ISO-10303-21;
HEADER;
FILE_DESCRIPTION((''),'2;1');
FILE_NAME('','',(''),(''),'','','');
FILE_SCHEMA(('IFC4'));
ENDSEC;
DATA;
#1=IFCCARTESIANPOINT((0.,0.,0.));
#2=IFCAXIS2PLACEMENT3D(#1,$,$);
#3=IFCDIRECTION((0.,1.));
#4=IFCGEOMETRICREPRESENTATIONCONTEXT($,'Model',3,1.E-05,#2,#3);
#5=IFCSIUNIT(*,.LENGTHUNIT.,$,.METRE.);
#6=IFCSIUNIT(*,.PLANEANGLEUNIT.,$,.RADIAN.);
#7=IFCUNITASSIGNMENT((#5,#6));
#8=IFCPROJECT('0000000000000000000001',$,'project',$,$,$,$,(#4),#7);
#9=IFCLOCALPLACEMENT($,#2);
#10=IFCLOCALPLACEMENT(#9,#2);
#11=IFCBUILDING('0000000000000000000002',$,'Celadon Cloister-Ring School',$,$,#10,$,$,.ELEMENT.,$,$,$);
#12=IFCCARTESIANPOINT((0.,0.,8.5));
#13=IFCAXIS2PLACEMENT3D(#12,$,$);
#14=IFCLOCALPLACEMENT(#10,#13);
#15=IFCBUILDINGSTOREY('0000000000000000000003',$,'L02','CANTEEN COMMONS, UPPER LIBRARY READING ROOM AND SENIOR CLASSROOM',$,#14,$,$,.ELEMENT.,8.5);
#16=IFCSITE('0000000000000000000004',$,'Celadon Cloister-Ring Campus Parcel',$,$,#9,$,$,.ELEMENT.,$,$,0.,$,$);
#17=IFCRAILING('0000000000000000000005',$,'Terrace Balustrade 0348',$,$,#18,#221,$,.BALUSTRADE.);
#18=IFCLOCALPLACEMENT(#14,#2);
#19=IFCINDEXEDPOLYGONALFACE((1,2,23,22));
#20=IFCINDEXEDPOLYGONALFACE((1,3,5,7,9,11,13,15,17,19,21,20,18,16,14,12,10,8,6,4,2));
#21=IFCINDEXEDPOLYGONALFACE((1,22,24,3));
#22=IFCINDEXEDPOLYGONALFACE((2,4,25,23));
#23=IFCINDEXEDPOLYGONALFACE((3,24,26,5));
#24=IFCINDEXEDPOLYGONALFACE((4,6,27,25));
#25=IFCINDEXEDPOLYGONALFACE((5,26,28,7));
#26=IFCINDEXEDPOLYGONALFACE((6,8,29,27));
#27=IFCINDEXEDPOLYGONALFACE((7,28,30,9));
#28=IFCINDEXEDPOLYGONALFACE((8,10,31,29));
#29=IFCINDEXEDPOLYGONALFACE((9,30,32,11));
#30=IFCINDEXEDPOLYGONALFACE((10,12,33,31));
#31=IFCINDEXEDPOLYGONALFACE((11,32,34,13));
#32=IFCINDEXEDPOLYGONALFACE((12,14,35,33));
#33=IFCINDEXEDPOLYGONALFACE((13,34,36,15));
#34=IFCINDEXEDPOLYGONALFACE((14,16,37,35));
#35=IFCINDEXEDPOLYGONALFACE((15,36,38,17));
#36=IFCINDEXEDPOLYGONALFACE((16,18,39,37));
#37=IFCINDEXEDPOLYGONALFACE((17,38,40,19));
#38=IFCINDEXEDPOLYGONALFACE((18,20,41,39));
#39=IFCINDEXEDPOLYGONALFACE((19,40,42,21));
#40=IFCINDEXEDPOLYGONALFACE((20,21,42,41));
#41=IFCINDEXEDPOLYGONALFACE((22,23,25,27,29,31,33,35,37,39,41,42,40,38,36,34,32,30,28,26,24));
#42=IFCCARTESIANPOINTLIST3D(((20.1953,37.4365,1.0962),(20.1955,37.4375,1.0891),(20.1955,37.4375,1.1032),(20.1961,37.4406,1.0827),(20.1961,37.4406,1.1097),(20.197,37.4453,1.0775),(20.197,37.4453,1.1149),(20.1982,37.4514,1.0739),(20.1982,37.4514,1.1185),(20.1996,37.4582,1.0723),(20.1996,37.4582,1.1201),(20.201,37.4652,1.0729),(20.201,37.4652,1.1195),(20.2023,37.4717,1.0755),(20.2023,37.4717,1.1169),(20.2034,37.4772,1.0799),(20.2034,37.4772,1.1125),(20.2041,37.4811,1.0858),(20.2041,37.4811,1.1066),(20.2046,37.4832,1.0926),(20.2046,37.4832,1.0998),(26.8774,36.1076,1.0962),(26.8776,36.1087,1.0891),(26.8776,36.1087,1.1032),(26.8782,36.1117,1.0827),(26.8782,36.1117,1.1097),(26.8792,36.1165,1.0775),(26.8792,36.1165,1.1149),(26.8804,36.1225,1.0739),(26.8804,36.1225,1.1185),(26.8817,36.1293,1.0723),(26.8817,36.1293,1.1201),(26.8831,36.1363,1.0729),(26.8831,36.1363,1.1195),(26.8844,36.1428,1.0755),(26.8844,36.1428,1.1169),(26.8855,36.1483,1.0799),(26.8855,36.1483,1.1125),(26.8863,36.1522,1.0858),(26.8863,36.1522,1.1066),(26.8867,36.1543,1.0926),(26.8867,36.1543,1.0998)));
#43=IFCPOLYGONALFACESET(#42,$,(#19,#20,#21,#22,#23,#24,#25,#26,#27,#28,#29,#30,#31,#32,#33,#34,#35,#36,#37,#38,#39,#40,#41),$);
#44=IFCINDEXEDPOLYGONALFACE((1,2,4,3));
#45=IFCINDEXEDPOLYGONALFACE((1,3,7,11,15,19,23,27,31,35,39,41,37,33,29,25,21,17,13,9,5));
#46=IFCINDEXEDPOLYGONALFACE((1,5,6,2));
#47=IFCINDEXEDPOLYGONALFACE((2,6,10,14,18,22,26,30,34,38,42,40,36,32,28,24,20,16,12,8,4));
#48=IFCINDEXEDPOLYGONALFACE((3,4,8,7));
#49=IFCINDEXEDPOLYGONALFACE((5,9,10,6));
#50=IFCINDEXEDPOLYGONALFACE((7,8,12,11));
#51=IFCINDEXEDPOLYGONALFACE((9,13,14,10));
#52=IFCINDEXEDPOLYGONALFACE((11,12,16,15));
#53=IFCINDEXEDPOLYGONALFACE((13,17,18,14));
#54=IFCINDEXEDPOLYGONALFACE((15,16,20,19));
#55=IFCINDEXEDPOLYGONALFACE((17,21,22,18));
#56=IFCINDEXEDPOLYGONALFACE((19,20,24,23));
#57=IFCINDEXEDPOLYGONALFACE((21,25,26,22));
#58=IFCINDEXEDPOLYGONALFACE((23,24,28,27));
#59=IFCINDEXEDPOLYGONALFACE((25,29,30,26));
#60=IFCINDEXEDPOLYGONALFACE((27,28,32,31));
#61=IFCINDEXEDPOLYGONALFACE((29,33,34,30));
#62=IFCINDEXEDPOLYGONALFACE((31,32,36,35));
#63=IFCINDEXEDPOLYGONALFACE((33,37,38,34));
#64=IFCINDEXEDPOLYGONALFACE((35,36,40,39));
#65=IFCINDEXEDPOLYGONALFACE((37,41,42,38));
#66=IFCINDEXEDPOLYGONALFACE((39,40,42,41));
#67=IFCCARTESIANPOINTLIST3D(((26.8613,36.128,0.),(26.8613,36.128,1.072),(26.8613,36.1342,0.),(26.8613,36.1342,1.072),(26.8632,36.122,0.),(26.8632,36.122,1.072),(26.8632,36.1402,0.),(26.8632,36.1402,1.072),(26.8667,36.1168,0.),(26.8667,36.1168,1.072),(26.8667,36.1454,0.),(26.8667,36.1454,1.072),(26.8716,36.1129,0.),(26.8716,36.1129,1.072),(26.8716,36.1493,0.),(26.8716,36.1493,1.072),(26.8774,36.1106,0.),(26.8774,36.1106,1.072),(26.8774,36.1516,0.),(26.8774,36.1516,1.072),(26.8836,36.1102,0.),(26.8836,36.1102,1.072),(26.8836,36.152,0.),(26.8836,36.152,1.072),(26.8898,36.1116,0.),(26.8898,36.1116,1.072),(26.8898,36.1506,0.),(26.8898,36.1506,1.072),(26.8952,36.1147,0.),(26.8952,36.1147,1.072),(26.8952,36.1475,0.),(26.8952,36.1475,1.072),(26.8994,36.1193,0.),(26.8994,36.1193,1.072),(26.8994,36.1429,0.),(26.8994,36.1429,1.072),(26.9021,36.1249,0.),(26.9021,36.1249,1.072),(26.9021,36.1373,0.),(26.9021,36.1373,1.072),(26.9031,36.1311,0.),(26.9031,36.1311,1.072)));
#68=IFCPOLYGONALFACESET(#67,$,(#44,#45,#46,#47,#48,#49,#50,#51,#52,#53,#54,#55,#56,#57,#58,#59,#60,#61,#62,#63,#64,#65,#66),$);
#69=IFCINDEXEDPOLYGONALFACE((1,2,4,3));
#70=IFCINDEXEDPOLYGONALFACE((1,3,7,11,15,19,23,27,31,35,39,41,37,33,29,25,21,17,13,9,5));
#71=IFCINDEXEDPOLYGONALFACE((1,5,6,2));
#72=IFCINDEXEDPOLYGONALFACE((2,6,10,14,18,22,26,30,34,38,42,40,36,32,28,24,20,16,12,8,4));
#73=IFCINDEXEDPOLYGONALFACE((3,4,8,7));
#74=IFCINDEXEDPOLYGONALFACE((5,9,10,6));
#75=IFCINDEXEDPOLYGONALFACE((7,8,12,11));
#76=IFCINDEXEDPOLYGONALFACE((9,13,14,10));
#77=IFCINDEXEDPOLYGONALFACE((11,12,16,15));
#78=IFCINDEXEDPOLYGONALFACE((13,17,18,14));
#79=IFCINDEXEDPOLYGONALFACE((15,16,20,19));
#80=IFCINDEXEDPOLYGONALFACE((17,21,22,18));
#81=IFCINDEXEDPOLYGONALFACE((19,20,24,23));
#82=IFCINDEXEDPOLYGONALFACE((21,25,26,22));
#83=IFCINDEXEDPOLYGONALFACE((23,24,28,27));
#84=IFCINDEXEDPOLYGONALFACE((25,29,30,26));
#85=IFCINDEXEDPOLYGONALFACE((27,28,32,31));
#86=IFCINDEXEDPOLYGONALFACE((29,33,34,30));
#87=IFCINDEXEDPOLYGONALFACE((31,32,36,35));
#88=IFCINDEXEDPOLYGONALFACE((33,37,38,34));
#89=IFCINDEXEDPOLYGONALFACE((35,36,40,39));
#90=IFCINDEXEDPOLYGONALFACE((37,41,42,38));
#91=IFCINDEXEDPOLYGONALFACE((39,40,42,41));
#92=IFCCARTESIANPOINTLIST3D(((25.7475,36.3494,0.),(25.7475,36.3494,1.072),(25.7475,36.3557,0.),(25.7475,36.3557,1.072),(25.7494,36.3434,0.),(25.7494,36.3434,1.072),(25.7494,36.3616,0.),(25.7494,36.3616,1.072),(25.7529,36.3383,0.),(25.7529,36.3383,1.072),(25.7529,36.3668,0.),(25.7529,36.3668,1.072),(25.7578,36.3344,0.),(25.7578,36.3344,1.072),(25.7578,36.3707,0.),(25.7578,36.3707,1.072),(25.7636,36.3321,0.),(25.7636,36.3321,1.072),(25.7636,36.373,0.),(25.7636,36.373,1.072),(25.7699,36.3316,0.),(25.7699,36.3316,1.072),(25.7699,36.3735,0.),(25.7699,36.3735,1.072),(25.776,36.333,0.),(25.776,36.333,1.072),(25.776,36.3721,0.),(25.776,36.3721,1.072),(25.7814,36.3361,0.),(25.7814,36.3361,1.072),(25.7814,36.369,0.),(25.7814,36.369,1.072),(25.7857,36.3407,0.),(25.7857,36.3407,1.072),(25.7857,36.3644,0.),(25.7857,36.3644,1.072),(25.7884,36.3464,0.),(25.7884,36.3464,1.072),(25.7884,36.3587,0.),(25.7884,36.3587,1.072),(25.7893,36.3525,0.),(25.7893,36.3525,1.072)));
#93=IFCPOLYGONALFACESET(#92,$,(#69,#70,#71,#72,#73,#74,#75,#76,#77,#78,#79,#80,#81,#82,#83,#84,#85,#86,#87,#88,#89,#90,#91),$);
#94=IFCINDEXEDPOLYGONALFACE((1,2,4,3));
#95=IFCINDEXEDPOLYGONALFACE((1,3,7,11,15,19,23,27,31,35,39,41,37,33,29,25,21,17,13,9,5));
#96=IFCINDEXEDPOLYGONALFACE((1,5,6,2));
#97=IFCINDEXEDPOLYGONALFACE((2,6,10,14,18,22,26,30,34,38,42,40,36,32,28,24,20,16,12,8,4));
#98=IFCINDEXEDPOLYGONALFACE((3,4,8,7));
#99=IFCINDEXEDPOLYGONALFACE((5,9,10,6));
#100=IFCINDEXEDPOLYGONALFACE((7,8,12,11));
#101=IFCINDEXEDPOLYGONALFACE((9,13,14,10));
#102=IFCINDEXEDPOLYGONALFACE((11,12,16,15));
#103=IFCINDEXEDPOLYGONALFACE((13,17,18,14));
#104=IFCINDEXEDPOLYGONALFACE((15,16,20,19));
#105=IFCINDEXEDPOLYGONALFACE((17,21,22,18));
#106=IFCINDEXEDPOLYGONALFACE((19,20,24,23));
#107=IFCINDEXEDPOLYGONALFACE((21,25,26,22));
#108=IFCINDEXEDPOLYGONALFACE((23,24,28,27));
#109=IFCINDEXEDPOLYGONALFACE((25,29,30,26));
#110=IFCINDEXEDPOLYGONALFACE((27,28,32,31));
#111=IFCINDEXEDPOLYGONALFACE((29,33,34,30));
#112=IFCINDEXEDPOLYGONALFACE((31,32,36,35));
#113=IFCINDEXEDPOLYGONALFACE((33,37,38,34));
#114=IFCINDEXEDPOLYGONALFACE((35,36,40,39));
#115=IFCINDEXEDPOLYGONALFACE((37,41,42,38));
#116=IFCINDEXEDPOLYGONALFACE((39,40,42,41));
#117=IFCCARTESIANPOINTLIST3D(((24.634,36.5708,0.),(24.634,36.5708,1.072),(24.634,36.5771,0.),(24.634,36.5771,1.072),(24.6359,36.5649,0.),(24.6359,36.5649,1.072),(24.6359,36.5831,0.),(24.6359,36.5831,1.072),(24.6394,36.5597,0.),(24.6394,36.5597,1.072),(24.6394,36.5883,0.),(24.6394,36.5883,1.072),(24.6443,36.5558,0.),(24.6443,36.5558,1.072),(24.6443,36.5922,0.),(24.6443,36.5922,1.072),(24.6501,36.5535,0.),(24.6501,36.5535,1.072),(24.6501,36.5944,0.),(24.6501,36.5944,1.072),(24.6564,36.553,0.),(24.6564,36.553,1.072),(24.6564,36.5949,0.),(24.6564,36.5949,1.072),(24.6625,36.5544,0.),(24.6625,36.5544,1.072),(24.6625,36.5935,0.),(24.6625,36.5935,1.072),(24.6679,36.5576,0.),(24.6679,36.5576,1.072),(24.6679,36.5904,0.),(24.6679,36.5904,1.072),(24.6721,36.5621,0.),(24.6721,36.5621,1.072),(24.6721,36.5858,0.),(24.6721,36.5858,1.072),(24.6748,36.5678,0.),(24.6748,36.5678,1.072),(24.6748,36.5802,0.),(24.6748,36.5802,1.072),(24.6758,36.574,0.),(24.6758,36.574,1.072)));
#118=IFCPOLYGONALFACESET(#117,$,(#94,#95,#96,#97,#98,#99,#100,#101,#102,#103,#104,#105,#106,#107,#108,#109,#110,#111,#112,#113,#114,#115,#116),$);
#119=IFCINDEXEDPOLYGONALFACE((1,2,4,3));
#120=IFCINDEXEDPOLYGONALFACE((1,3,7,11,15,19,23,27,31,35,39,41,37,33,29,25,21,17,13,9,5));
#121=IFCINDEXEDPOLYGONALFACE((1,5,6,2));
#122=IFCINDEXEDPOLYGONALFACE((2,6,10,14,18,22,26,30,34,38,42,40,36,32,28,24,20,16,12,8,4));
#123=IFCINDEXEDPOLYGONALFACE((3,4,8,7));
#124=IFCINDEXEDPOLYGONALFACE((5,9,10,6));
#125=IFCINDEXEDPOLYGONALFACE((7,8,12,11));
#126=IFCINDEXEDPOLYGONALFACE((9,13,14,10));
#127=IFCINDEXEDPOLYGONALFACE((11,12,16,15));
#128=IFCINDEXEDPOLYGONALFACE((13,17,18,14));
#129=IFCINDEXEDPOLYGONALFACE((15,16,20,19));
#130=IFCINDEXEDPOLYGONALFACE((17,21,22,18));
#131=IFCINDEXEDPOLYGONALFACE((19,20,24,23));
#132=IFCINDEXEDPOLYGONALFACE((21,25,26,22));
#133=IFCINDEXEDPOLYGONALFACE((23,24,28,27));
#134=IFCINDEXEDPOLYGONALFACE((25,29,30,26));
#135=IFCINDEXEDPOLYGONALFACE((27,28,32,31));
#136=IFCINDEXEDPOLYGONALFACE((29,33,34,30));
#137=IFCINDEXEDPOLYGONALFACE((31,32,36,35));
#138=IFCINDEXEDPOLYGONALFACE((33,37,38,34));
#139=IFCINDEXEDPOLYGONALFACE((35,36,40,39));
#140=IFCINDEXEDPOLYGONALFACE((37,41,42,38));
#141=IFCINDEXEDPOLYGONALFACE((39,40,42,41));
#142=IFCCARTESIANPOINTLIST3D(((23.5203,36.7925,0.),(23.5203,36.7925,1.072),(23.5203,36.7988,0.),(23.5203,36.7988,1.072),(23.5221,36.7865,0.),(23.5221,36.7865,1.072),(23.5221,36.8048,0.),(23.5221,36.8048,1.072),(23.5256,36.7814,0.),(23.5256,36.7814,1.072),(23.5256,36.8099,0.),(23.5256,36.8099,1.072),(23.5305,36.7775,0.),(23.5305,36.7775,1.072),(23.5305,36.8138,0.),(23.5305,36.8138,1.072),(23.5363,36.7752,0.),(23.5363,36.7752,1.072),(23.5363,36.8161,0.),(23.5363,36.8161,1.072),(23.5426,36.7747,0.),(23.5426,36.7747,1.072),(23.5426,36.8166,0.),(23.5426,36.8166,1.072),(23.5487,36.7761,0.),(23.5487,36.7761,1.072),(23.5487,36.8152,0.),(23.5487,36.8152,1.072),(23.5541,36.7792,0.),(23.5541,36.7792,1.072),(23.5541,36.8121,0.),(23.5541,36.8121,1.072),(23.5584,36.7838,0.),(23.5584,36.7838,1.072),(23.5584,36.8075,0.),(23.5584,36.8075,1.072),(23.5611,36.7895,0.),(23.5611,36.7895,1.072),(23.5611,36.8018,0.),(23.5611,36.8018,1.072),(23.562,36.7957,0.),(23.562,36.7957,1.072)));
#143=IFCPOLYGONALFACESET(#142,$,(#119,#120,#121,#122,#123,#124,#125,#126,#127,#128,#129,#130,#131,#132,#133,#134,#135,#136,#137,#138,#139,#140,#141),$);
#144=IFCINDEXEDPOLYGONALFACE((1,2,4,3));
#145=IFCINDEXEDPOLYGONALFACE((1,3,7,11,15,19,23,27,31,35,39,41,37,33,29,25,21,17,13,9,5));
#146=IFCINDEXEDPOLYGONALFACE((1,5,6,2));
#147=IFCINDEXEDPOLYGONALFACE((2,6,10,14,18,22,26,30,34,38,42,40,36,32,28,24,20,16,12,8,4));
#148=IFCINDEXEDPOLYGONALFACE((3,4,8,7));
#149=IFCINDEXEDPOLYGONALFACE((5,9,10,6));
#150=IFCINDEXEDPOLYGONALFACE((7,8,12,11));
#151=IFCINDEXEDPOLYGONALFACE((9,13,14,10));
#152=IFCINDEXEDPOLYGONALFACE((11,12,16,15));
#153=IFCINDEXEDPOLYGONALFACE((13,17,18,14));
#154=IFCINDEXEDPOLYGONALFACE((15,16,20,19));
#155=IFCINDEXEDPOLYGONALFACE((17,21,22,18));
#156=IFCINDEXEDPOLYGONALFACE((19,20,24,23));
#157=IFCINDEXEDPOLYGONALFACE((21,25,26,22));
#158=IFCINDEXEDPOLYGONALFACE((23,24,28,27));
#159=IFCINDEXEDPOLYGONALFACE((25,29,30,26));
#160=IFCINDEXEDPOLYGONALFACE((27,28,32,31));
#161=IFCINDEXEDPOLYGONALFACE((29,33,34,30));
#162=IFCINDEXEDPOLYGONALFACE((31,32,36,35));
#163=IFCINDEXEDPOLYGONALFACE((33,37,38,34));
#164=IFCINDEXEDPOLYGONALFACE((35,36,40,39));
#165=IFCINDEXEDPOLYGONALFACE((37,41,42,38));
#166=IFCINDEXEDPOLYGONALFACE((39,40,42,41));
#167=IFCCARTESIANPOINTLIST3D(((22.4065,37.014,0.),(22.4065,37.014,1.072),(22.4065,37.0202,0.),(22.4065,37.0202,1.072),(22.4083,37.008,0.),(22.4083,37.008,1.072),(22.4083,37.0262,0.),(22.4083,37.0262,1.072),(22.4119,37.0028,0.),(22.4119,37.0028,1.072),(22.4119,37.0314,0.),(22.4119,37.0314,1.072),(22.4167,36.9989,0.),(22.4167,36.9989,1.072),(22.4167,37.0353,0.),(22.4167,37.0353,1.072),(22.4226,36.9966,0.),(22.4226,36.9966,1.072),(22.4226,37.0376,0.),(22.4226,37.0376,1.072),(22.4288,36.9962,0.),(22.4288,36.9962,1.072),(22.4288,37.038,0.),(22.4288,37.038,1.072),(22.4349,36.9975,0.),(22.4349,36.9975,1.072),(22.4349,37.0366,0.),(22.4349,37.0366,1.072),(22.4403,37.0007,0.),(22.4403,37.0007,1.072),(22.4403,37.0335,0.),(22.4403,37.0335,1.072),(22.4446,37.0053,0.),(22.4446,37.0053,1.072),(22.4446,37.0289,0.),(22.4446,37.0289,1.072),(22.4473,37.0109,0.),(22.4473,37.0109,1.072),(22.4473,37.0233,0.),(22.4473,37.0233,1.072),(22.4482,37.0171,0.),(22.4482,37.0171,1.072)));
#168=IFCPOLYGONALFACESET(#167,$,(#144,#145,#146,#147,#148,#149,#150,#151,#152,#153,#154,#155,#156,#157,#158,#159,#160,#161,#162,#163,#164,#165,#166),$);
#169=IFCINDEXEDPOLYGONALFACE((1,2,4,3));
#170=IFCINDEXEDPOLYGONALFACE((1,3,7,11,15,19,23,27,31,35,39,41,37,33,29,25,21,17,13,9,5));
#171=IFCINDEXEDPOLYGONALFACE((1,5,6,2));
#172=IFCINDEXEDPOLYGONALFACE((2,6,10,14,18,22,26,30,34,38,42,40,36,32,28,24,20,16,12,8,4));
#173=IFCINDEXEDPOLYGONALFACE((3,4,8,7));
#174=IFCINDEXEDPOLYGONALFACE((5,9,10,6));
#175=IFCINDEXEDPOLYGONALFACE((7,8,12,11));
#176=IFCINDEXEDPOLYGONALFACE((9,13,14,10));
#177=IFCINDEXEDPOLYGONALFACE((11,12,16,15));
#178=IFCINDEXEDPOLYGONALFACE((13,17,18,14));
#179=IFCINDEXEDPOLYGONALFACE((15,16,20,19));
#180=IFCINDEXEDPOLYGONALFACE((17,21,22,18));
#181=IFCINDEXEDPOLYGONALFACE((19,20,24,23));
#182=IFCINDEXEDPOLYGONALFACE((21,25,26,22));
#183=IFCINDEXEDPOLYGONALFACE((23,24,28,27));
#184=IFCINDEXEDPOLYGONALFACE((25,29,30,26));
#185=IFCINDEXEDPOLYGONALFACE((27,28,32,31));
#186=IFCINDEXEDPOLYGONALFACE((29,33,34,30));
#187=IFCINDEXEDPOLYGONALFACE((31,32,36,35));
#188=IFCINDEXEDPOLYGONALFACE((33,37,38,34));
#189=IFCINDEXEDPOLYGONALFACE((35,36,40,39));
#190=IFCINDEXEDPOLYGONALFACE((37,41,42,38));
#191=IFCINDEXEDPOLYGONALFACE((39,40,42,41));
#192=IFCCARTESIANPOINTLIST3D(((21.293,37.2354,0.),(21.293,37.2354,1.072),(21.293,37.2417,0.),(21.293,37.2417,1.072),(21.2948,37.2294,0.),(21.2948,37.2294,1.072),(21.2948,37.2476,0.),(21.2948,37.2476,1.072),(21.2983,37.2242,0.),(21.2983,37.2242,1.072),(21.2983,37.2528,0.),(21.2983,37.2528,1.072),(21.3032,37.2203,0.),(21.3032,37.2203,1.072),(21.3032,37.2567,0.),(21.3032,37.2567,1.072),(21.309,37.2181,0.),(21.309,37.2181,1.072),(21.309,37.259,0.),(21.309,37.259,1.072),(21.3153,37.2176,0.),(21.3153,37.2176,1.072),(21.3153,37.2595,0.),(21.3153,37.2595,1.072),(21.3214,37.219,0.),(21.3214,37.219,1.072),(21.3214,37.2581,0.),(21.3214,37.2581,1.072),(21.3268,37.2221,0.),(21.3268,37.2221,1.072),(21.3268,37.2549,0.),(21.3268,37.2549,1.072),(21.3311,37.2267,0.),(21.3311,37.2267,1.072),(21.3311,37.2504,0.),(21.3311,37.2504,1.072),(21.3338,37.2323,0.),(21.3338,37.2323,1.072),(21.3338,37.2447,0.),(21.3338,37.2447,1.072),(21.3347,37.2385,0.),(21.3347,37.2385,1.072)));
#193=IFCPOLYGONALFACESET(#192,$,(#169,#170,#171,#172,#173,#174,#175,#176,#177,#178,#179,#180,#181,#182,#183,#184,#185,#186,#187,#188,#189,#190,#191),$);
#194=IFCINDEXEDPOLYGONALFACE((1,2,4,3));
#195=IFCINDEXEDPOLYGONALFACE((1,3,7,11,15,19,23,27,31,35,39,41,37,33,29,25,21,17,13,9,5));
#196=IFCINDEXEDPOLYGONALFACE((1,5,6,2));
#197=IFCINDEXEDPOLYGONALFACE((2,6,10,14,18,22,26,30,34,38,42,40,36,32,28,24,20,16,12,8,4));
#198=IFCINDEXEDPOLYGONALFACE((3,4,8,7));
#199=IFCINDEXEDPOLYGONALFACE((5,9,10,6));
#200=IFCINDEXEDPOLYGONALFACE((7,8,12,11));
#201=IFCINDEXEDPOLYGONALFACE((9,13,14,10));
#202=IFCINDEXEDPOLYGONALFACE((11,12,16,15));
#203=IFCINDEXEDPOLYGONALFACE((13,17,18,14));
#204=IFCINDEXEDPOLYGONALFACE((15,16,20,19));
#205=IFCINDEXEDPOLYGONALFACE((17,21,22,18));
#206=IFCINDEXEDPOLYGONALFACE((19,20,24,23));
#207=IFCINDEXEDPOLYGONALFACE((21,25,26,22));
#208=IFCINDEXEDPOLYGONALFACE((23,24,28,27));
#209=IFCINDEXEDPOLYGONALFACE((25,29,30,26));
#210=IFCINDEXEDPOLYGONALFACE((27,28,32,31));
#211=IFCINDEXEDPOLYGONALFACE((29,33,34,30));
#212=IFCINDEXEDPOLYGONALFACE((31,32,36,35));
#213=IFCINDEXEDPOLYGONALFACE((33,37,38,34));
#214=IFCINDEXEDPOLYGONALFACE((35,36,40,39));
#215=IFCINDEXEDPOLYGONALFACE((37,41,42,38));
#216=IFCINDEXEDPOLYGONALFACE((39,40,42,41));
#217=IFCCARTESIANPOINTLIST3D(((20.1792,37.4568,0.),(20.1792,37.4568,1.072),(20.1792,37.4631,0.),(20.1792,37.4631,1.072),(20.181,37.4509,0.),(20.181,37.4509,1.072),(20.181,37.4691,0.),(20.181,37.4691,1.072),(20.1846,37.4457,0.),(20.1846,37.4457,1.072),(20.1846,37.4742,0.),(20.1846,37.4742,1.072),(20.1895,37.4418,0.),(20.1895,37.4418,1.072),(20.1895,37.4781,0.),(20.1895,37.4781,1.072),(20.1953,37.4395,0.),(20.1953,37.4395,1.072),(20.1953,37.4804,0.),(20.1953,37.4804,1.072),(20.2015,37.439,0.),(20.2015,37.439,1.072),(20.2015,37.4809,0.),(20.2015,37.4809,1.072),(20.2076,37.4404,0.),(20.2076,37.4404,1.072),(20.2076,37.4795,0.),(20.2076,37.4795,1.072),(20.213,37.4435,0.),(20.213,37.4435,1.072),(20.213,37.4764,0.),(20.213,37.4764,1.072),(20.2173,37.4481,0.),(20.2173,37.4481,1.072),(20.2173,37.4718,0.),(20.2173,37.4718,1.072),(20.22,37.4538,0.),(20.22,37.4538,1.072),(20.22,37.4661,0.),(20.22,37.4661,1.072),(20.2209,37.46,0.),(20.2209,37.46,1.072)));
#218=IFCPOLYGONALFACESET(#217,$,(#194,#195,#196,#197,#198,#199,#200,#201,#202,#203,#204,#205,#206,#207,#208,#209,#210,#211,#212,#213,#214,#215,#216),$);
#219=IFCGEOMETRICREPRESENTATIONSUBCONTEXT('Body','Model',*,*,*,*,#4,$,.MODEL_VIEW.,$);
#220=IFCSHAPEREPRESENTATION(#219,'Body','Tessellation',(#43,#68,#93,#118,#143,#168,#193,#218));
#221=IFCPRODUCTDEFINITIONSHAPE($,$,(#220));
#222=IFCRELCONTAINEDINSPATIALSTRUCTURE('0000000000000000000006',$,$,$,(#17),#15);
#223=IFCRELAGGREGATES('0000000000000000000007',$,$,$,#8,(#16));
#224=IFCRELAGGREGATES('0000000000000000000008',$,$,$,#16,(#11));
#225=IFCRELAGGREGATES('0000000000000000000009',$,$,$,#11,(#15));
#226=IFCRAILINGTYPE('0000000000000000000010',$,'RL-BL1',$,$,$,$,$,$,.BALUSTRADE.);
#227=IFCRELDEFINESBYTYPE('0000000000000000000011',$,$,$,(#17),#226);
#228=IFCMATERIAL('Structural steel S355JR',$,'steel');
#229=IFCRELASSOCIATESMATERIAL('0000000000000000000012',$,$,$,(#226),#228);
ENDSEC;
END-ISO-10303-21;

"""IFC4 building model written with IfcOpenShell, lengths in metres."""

from ifc_helpers import new_model, si_unit, direction, frame, origin, origin_2d, place, context, subcontext, project, spatial, circle, extrude, material, type_object, element, save


model = new_model("IFC4")

# Units and contexts
model_context = context("Model", 3, precision=1e-05, world=origin(), true_north=direction((0.0, 1.0)))
body_context = subcontext(model_context, "Body", "Model", "MODEL_VIEW")
ifc_project = project(units=[si_unit("LENGTHUNIT", "METRE"), si_unit("PLANEANGLEUNIT", "RADIAN")], contexts=[model_context])

# Site, building, storey
site_placement = place(None, origin())
site = spatial("IfcSite", under=ifc_project, at=site_placement, Name="Celadon Cloister-Ring Campus Parcel", CompositionType="ELEMENT", RefElevation=0.0)
building_placement = place(site_placement, origin())
building = spatial("IfcBuilding", under=site, at=building_placement, Name="Celadon Cloister-Ring School", CompositionType="ELEMENT")
storey_placement = place(building_placement, frame((0.0, 0.0, 8.5)))
storey = spatial("IfcBuildingStorey", under=building, at=storey_placement, Name="L02", Description="CANTEEN COMMONS, UPPER LIBRARY READING ROOM AND SENIOR CLASSROOM", CompositionType="ELEMENT", Elevation=8.5)

# Railing
ifc_material_1 = material(Name="Structural steel S355JR", Category="steel")
railing_type = type_object("IfcRailingType", Name="RL-BL1", PredefinedType="BALUSTRADE", material=ifc_material_1)
railing_placement = place(storey_placement, frame((26.8821, 36.1311, 0.0)))
element("IfcRailing", 1, at=railing_placement, inside=storey, type_object=railing_type, Name="Terrace Balustrade 0348", PredefinedType="BALUSTRADE", context=body_context, shape_type="SweptSolid", body=[
    extrude(circle(Radius=0.0239, at=origin_2d()), frame((0.0, 0.0, 1.0962), z_axis=(-0.980794, 0.195048, 0.0), x_axis=(-0.195048, -0.980794, 0.0)), (0.0, 0.0, 1.0), 6.813),
    extrude(circle(Radius=0.021, at=origin_2d()), origin(), (0.0, 0.0, 1.0), 1.072),
    extrude(circle(Radius=0.021, at=origin_2d()), frame((-1.1138, 0.2214, 0.0)), (0.0, 0.0, 1.0), 1.072),
    extrude(circle(Radius=0.021, at=origin_2d()), frame((-2.2273, 0.4429, 0.0)), (0.0, 0.0, 1.0), 1.072),
    extrude(circle(Radius=0.021, at=origin_2d()), frame((-3.3411, 0.6646, 0.0)), (0.0, 0.0, 1.0), 1.072),
    extrude(circle(Radius=0.021, at=origin_2d()), frame((-4.4548, 0.886, 0.0)), (0.0, 0.0, 1.0), 1.072),
    extrude(circle(Radius=0.021, at=origin_2d()), frame((-5.5684, 1.1074, 0.0)), (0.0, 0.0, 1.0), 1.072),
    extrude(circle(Radius=0.021, at=origin_2d()), frame((-6.6821, 1.3289, 0.0)), (0.0, 0.0, 1.0), 1.072),
])

save(model, "model.ifc")
